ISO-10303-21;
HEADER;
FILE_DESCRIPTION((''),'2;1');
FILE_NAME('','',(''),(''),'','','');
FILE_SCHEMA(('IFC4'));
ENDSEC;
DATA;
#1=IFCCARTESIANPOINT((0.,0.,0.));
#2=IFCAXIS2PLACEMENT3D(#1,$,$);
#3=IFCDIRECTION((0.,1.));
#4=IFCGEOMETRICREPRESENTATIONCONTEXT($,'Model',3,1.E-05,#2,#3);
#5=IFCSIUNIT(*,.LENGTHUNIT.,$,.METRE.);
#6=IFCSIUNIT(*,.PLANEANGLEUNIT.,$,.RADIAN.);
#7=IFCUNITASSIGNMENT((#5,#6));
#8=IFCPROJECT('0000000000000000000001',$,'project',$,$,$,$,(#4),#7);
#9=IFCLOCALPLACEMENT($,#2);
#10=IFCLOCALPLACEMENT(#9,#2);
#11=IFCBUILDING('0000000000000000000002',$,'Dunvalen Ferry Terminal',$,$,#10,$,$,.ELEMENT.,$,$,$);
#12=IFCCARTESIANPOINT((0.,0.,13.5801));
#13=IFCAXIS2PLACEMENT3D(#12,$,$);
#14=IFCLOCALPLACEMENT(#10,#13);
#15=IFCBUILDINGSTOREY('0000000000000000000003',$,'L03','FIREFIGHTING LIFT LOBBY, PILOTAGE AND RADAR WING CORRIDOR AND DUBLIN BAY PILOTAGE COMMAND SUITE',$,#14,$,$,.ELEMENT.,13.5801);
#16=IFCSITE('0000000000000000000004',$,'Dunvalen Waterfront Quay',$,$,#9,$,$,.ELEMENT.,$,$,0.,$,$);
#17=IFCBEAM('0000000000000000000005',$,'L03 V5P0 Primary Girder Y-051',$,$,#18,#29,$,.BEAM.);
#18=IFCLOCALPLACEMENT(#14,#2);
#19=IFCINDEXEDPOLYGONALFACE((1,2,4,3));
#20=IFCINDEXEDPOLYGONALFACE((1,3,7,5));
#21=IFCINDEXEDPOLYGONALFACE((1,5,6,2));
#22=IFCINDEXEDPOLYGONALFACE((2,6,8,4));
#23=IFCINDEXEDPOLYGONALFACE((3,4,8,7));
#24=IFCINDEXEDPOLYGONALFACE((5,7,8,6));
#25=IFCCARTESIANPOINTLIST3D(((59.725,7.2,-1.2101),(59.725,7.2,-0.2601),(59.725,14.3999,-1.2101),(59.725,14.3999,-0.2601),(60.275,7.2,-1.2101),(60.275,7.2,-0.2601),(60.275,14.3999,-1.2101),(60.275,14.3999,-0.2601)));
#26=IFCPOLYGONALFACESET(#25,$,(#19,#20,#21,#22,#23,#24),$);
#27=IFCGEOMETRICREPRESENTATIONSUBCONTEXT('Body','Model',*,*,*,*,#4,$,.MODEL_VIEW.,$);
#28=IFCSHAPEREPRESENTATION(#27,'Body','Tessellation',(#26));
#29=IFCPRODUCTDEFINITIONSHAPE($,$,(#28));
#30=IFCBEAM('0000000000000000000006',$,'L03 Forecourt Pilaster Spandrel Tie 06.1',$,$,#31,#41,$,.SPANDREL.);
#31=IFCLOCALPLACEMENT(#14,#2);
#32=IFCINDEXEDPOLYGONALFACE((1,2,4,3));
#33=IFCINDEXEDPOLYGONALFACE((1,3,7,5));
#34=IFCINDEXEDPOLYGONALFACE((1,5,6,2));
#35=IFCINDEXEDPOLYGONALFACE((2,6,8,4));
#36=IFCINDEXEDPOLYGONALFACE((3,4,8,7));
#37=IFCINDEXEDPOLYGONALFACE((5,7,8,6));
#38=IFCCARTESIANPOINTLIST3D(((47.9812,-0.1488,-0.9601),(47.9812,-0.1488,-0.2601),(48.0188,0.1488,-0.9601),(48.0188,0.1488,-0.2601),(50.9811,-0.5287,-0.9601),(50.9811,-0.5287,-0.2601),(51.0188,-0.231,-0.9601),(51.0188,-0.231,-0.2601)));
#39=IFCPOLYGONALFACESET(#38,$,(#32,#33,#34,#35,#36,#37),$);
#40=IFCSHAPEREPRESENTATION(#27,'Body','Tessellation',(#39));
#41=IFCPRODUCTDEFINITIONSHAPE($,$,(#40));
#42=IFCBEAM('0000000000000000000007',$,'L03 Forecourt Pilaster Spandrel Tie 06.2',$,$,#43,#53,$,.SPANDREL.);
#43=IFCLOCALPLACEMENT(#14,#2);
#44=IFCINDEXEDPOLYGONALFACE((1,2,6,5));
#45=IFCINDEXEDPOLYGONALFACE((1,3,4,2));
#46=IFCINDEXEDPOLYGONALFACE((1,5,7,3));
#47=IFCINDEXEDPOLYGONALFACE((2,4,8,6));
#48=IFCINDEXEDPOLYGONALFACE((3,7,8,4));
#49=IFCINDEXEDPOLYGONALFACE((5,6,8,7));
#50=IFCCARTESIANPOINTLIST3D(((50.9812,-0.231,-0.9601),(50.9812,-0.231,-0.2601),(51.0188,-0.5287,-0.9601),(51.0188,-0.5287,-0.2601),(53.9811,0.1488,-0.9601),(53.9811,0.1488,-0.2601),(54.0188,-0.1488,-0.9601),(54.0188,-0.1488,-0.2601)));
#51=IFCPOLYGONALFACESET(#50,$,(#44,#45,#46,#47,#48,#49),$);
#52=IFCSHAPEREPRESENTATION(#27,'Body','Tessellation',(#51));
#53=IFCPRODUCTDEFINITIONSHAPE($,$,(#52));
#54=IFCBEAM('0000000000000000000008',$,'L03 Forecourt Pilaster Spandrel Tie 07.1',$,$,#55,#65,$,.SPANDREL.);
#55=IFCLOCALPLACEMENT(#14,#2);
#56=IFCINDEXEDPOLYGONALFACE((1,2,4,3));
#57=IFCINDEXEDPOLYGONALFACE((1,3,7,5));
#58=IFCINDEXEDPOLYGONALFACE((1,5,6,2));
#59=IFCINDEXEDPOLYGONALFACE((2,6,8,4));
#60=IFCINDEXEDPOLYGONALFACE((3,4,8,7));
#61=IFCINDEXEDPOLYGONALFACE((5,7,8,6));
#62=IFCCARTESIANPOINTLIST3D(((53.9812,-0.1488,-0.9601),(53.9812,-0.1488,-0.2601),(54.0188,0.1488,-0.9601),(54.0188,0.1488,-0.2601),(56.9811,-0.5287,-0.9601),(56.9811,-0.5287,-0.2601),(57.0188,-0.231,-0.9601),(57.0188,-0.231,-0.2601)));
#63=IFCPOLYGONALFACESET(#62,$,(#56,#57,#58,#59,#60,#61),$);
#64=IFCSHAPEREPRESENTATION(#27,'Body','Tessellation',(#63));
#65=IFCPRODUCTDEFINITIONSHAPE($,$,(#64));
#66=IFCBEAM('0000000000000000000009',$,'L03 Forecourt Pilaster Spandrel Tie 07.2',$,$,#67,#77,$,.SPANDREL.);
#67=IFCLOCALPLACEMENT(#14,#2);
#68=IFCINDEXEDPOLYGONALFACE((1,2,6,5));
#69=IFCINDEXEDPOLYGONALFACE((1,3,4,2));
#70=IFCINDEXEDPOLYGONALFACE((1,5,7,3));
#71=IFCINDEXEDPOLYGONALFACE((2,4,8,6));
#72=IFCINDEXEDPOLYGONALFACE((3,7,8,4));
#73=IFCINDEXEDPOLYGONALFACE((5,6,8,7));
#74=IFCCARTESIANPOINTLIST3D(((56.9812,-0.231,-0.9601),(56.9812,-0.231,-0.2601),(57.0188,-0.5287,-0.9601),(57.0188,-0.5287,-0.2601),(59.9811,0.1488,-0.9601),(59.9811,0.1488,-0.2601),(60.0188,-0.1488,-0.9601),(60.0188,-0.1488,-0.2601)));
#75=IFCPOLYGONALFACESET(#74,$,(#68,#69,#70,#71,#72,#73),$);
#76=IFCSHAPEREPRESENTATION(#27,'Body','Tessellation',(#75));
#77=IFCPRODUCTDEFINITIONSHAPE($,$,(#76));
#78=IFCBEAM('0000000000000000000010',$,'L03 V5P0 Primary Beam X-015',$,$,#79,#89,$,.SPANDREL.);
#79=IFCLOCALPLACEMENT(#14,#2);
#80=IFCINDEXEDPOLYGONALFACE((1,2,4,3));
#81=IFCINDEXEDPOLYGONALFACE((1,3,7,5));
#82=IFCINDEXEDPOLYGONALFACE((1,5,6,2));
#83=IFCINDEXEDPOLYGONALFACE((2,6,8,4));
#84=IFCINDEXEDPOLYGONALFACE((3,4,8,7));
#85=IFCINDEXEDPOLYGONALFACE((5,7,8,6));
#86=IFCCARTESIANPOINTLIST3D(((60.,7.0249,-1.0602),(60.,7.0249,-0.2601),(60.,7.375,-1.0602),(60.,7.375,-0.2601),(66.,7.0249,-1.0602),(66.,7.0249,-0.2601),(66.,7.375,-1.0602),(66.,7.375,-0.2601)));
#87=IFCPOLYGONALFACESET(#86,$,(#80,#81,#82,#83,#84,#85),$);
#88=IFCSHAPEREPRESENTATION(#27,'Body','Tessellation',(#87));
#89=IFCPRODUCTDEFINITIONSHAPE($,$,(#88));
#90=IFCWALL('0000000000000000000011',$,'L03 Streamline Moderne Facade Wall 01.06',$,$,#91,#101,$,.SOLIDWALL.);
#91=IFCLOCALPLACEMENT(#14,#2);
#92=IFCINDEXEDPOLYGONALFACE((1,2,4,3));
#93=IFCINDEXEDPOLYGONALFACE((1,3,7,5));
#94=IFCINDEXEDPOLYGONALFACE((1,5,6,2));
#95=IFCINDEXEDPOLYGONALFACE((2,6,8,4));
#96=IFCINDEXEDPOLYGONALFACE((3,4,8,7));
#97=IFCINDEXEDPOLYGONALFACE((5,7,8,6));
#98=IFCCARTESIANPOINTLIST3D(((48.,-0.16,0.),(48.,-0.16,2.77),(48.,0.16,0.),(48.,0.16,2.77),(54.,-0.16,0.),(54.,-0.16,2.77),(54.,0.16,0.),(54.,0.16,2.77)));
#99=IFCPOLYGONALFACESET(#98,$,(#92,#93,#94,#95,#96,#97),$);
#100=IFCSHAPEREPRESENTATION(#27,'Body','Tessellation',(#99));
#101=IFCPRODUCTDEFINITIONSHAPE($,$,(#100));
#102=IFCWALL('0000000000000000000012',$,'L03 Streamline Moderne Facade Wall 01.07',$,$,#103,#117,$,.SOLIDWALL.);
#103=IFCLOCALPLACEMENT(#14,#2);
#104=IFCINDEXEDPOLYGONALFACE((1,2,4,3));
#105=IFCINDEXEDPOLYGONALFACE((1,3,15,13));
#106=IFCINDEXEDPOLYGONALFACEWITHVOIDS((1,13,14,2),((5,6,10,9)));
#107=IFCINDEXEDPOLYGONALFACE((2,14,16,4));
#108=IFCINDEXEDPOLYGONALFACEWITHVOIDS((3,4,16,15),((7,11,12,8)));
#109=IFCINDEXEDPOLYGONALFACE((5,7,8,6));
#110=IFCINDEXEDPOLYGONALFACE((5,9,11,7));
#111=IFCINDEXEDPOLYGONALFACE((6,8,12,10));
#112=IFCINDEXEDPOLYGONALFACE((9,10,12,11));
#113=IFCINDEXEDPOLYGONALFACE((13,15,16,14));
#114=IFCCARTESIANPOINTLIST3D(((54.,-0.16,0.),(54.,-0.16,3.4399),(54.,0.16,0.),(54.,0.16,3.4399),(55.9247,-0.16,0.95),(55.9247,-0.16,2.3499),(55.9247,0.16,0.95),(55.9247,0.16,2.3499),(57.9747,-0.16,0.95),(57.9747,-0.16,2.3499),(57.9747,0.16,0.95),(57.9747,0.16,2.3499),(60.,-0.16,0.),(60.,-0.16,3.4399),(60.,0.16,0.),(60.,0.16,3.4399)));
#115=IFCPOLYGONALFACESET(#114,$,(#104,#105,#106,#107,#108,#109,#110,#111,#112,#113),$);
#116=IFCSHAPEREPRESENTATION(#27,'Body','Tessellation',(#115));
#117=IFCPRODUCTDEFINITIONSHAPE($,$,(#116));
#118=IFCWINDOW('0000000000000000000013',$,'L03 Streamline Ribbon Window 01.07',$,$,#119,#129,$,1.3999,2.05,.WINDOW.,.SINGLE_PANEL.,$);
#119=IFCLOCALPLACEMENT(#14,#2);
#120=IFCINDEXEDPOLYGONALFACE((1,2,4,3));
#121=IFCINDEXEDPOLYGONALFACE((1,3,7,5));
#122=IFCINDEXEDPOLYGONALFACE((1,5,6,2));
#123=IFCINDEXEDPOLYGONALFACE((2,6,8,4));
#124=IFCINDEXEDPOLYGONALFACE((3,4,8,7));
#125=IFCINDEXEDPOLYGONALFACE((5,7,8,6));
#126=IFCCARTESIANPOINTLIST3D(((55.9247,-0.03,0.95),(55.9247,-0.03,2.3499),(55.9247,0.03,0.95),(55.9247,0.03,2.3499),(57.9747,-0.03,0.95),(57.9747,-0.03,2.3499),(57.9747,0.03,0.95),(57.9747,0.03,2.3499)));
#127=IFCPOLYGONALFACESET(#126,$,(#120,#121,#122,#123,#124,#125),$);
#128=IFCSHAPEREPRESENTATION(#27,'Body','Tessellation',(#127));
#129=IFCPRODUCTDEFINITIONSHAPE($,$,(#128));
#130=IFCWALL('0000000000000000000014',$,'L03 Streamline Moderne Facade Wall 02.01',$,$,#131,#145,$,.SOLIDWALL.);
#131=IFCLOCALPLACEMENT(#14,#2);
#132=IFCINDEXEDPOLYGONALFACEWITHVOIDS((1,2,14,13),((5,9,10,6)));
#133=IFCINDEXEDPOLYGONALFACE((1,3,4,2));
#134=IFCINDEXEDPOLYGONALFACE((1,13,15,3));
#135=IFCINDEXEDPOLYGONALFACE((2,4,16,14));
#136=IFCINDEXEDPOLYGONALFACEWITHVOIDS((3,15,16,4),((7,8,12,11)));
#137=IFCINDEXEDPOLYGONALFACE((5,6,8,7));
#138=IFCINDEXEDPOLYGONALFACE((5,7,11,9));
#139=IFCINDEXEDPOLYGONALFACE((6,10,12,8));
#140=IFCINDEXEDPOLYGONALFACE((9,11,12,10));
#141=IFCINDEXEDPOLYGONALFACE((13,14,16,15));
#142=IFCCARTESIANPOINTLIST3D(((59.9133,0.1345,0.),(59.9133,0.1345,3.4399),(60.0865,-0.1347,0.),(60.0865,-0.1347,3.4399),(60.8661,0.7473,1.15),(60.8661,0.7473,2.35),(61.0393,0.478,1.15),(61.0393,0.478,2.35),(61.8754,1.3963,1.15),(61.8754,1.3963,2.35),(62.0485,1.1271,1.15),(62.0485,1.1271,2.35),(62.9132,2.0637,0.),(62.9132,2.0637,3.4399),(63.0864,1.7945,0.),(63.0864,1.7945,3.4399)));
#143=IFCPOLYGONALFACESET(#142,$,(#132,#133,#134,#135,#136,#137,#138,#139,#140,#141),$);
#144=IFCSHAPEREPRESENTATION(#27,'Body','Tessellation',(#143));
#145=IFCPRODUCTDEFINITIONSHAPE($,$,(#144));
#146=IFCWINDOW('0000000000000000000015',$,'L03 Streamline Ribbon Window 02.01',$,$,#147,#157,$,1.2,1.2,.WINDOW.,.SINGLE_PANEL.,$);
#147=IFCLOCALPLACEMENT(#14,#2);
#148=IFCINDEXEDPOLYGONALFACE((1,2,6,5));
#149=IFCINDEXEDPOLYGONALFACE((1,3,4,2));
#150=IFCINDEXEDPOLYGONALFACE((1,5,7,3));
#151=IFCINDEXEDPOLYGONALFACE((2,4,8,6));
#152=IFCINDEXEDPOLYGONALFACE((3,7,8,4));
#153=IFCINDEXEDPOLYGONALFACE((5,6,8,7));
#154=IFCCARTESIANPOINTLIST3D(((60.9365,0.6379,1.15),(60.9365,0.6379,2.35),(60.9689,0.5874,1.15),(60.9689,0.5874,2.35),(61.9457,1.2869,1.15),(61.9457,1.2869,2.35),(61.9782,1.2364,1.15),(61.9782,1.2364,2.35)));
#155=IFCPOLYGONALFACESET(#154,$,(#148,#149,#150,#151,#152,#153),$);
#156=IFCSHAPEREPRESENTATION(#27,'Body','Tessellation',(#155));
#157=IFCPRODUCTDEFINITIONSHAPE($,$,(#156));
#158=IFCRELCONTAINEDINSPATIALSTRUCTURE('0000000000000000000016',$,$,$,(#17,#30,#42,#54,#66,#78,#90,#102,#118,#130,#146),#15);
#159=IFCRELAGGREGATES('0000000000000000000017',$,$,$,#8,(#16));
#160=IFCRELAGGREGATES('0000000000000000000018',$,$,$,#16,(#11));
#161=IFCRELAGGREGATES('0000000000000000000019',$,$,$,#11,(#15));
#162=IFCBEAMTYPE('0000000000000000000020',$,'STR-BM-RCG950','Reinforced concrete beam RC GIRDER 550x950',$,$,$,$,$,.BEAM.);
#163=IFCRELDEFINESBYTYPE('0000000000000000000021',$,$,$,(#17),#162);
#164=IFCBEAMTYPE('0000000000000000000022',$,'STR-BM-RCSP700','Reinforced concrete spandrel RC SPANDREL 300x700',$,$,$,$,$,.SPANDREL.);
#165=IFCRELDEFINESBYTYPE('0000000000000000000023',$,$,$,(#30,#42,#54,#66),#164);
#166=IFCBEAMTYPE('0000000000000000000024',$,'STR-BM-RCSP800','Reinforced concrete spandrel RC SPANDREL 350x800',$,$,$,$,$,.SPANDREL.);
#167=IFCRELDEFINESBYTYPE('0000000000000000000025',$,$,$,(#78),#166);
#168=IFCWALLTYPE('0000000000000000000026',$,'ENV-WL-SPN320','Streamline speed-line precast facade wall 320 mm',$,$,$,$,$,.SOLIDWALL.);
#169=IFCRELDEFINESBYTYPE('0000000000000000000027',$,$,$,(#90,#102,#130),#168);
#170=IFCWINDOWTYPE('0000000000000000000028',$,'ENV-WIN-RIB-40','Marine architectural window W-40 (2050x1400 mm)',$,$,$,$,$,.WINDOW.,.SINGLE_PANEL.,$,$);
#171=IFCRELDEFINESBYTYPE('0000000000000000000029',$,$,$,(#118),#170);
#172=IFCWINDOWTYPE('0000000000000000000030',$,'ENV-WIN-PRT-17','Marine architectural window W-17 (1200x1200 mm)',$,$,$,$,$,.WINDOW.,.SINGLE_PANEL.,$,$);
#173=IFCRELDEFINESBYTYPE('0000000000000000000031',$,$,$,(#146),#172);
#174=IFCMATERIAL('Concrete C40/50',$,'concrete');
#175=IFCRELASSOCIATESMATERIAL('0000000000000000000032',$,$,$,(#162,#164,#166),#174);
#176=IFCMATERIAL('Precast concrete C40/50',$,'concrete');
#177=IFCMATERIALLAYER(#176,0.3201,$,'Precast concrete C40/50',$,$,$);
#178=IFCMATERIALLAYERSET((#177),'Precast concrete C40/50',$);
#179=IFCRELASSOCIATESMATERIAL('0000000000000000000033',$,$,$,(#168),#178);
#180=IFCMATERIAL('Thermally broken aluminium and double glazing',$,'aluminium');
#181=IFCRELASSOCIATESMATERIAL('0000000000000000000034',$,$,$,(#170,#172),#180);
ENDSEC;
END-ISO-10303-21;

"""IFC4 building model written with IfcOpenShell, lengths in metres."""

from ifc_helpers import new_model, si_unit, direction, frame, frame_2d, origin, origin_2d, place, context, subcontext, project, spatial, rectangle, extrude, material, layer, layer_set, material_profile, profile_set, type_object, element, fill, save


model = new_model("IFC4")

# Units and contexts
model_context = context("Model", 3, precision=1e-05, world=origin(), true_north=direction((0.0, 1.0)))
body_context = subcontext(model_context, "Body", "Model", "MODEL_VIEW")
ifc_project = project(units=[si_unit("LENGTHUNIT", "METRE"), si_unit("PLANEANGLEUNIT", "RADIAN")], contexts=[model_context])

# Site, building, storey
site_placement = place(None, origin())
site = spatial("IfcSite", under=ifc_project, at=site_placement, Name="Dunvalen Waterfront Quay", CompositionType="ELEMENT", RefElevation=0.0)
building_placement = place(site_placement, origin())
building = spatial("IfcBuilding", under=site, at=building_placement, Name="Dunvalen Ferry Terminal", CompositionType="ELEMENT")
storey_placement = place(building_placement, frame((0.0, 0.0, 13.5801)))
storey = spatial("IfcBuildingStorey", under=building, at=storey_placement, Name="L03", Description="FIREFIGHTING LIFT LOBBY, PILOTAGE AND RADAR WING CORRIDOR AND DUBLIN BAY PILOTAGE COMMAND SUITE", CompositionType="ELEMENT", Elevation=13.5801)

# Shared definitions
ifc_material_1 = material(Name="Concrete C40/50", Category="concrete")

# Beams
ifc_material_profile_1 = material_profile(ifc_material_1, rectangle(XDim=0.55, YDim=0.95, at=origin_2d()), Name="Concrete C40/50")
ifc_profile_set_1 = profile_set([ifc_material_profile_1], Name="Concrete C40/50")
beam_type_1 = type_object("IfcBeamType", Name="STR-BM-RCG950", Description="Reinforced concrete beam RC GIRDER 550x950", PredefinedType="BEAM", material=ifc_profile_set_1)
for number, where, z_axis, x_axis, name in (
    (1, (60.0, 7.2, -0.7351), (0.0, 1.0, 0.0), (-1.0, 0.0, 0.0), "L03 V5P0 Primary Girder Y-051"),
):
    element("IfcBeam", number, at=place(storey_placement, frame(where, z_axis=z_axis, x_axis=x_axis)), inside=storey, type_object=beam_type_1, Name=name, PredefinedType="BEAM", context=body_context, shape_type="SweptSolid", body=[
        extrude(rectangle(XDim=0.55, YDim=0.95, at=origin_2d()), origin(), (0.0, 0.0, 1.0), 7.2),
    ])
ifc_material_profile_2 = material_profile(ifc_material_1, rectangle(XDim=0.3, YDim=0.7, at=origin_2d()), Name="Concrete C40/50")
ifc_profile_set_2 = profile_set([ifc_material_profile_2], Name="Concrete C40/50")
beam_type_2 = type_object("IfcBeamType", Name="STR-BM-RCSP700", Description="Reinforced concrete spandrel RC SPANDREL 300x700", PredefinedType="SPANDREL", material=ifc_profile_set_2)
for number, where, z_axis, x_axis, name in (
    (2, (48.0, 0.0, -0.6101), (0.992078, -0.125624, 0.0), (0.125624, 0.992078, 0.0), "L03 Forecourt Pilaster Spandrel Tie 06.1"),
    (3, (51.0, -0.3799, -0.6101), (0.992078, 0.125624, 0.0), (-0.125624, 0.992078, 0.0), "L03 Forecourt Pilaster Spandrel Tie 06.2"),
    (4, (54.0, 0.0, -0.6101), (0.992078, -0.125624, 0.0), (0.125624, 0.992078, 0.0), "L03 Forecourt Pilaster Spandrel Tie 07.1"),
    (5, (57.0, -0.3799, -0.6101), (0.992078, 0.125624, 0.0), (-0.125624, 0.992078, 0.0), "L03 Forecourt Pilaster Spandrel Tie 07.2"),
):
    element("IfcBeam", number, at=place(storey_placement, frame(where, z_axis=z_axis, x_axis=x_axis)), inside=storey, type_object=beam_type_2, Name=name, PredefinedType="SPANDREL", context=body_context, shape_type="SweptSolid", body=[
        extrude(rectangle(XDim=0.3, YDim=0.7, at=origin_2d()), origin(), (0.0, 0.0, 1.0), 3.0239),
    ])
ifc_material_profile_3 = material_profile(ifc_material_1, rectangle(XDim=0.3501, YDim=0.8, at=origin_2d()), Name="Concrete C40/50")
ifc_profile_set_3 = profile_set([ifc_material_profile_3], Name="Concrete C40/50")
beam_type_3 = type_object("IfcBeamType", Name="STR-BM-RCSP800", Description="Reinforced concrete spandrel RC SPANDREL 350x800", PredefinedType="SPANDREL", material=ifc_profile_set_3)
beam_1_placement = place(storey_placement, frame((60.0, 7.2, -0.6602), z_axis=(1.0, 0.0, 0.0), x_axis=(0.0, 1.0, 0.0)))
element("IfcBeam", 6, at=beam_1_placement, inside=storey, type_object=beam_type_3, Name="L03 V5P0 Primary Beam X-015", PredefinedType="SPANDREL", context=body_context, shape_type="SweptSolid", body=[
    extrude(rectangle(XDim=0.3501, YDim=0.8, at=origin_2d()), origin(), (0.0, 0.0, 1.0), 6.0),
])

# Wall
ifc_material_2 = material(Name="Precast concrete C40/50", Category="concrete")
ifc_layer_1 = layer(ifc_material_2, 0.3201, Name="Precast concrete C40/50")
ifc_layer_set_1 = layer_set([ifc_layer_1], Name="Precast concrete C40/50")
wall_type_1 = type_object("IfcWallType", Name="ENV-WL-SPN320", Description="Streamline speed-line precast facade wall 320 mm", PredefinedType="SOLIDWALL", material=ifc_layer_set_1)
wall_1_placement = place(storey_placement, frame((48.0, 0.0, 0.0), z_axis=(0.0, 0.0, 1.0), x_axis=(1.0, 0.0, 0.0)))
element("IfcWall", 7, at=wall_1_placement, inside=storey, type_object=wall_type_1, Name="L03 Streamline Moderne Facade Wall 01.06", PredefinedType="SOLIDWALL", context=body_context, shape_type="SweptSolid", body=[
    extrude(rectangle(XDim=6.0, YDim=0.3201, at=frame_2d((3.0, 0.0))), origin(), (0.0, 0.0, 1.0), 2.77),
])

# Walls, openings, windows
wall_2_placement = place(storey_placement, frame((54.0, 0.0, 0.0), z_axis=(0.0, 0.0, 1.0), x_axis=(1.0, 0.0, 0.0)))
wall_2 = element("IfcWall", 8, at=wall_2_placement, inside=storey, type_object=wall_type_1, Name="L03 Streamline Moderne Facade Wall 01.07", PredefinedType="SOLIDWALL", context=body_context, shape_type="SweptSolid", body=[
    extrude(rectangle(XDim=6.0, YDim=0.3201, at=frame_2d((3.0, 0.0))), origin(), (0.0, 0.0, 1.0), 3.4399),
])
opening_1_placement = place(wall_2_placement, frame((1.9248, 0.0, 0.95)))
opening_1 = element("IfcOpeningElement", 9, at=opening_1_placement, cuts=wall_2, PredefinedType="OPENING", context=body_context, shape_type="SweptSolid", body=[
    extrude(rectangle(XDim=2.05, YDim=1.3999, at=frame_2d((1.0249, 0.7))), frame((0.0, 0.1699, 0.0), z_axis=(0.0, -1.0, 0.0), x_axis=(1.0, 0.0, 0.0)), (0.0, 0.0, 1.0), 0.3401),
])
ifc_material_3 = material(Name="Thermally broken aluminium and double glazing", Category="aluminium")
window_type_1 = type_object("IfcWindowType", Name="ENV-WIN-RIB-40", Description="Marine architectural window W-40 (2050x1400 mm)", PartitioningType="SINGLE_PANEL", PredefinedType="WINDOW", material=ifc_material_3)
window_1_placement = place(opening_1_placement, origin())
window_1 = element("IfcWindow", 10, at=window_1_placement, inside=storey, type_object=window_type_1, Name="L03 Streamline Ribbon Window 01.07", OverallHeight=1.3999, OverallWidth=2.05, PartitioningType="SINGLE_PANEL", PredefinedType="WINDOW", context=body_context, shape_type="SweptSolid", body=[
    extrude(rectangle(XDim=2.05, YDim=1.3999, at=frame_2d((1.0249, 0.7))), frame((0.0, 0.03, 0.0), z_axis=(0.0, -1.0, 0.0), x_axis=(1.0, 0.0, 0.0)), (0.0, 0.0, 1.0), 0.0601),
])
fill(opening_1, window_1)
wall_3_placement = place(storey_placement, frame((60.0, 0.0, 0.0), z_axis=(0.0, 0.0, 1.0), x_axis=(0.841098, 0.540882, 0.0)))
wall_3 = element("IfcWall", 11, at=wall_3_placement, inside=storey, type_object=wall_type_1, Name="L03 Streamline Moderne Facade Wall 02.01", PredefinedType="SOLIDWALL", context=body_context, shape_type="SweptSolid", body=[
    extrude(rectangle(XDim=3.5667, YDim=0.3201, at=frame_2d((1.7832, 0.0))), origin(), (0.0, 0.0, 1.0), 3.4399),
])
opening_2_placement = place(wall_3_placement, frame((1.1326, 0.0, 1.1499)))
opening_2 = element("IfcOpeningElement", 12, at=opening_2_placement, cuts=wall_3, PredefinedType="OPENING", context=body_context, shape_type="SweptSolid", body=[
    extrude(rectangle(XDim=1.2, YDim=1.2, at=frame_2d((0.6001, 0.6001))), frame((0.0, 0.1699, 0.0), z_axis=(0.0, -1.0, 0.0), x_axis=(1.0, 0.0, 0.0)), (0.0, 0.0, 1.0), 0.3401),
])
window_type_2 = type_object("IfcWindowType", Name="ENV-WIN-PRT-17", Description="Marine architectural window W-17 (1200x1200 mm)", PartitioningType="SINGLE_PANEL", PredefinedType="WINDOW", material=ifc_material_3)
window_2_placement = place(opening_2_placement, origin())
window_2 = element("IfcWindow", 13, at=window_2_placement, inside=storey, type_object=window_type_2, Name="L03 Streamline Ribbon Window 02.01", OverallHeight=1.2, OverallWidth=1.2, PartitioningType="SINGLE_PANEL", PredefinedType="WINDOW", context=body_context, shape_type="SweptSolid", body=[
    extrude(rectangle(XDim=1.2, YDim=1.2, at=frame_2d((0.6001, 0.6001))), frame((0.0, 0.03, 0.0), z_axis=(0.0, -1.0, 0.0), x_axis=(1.0, 0.0, 0.0)), (0.0, 0.0, 1.0), 0.0601),
])
fill(opening_2, window_2)

save(model, "model.ifc")
